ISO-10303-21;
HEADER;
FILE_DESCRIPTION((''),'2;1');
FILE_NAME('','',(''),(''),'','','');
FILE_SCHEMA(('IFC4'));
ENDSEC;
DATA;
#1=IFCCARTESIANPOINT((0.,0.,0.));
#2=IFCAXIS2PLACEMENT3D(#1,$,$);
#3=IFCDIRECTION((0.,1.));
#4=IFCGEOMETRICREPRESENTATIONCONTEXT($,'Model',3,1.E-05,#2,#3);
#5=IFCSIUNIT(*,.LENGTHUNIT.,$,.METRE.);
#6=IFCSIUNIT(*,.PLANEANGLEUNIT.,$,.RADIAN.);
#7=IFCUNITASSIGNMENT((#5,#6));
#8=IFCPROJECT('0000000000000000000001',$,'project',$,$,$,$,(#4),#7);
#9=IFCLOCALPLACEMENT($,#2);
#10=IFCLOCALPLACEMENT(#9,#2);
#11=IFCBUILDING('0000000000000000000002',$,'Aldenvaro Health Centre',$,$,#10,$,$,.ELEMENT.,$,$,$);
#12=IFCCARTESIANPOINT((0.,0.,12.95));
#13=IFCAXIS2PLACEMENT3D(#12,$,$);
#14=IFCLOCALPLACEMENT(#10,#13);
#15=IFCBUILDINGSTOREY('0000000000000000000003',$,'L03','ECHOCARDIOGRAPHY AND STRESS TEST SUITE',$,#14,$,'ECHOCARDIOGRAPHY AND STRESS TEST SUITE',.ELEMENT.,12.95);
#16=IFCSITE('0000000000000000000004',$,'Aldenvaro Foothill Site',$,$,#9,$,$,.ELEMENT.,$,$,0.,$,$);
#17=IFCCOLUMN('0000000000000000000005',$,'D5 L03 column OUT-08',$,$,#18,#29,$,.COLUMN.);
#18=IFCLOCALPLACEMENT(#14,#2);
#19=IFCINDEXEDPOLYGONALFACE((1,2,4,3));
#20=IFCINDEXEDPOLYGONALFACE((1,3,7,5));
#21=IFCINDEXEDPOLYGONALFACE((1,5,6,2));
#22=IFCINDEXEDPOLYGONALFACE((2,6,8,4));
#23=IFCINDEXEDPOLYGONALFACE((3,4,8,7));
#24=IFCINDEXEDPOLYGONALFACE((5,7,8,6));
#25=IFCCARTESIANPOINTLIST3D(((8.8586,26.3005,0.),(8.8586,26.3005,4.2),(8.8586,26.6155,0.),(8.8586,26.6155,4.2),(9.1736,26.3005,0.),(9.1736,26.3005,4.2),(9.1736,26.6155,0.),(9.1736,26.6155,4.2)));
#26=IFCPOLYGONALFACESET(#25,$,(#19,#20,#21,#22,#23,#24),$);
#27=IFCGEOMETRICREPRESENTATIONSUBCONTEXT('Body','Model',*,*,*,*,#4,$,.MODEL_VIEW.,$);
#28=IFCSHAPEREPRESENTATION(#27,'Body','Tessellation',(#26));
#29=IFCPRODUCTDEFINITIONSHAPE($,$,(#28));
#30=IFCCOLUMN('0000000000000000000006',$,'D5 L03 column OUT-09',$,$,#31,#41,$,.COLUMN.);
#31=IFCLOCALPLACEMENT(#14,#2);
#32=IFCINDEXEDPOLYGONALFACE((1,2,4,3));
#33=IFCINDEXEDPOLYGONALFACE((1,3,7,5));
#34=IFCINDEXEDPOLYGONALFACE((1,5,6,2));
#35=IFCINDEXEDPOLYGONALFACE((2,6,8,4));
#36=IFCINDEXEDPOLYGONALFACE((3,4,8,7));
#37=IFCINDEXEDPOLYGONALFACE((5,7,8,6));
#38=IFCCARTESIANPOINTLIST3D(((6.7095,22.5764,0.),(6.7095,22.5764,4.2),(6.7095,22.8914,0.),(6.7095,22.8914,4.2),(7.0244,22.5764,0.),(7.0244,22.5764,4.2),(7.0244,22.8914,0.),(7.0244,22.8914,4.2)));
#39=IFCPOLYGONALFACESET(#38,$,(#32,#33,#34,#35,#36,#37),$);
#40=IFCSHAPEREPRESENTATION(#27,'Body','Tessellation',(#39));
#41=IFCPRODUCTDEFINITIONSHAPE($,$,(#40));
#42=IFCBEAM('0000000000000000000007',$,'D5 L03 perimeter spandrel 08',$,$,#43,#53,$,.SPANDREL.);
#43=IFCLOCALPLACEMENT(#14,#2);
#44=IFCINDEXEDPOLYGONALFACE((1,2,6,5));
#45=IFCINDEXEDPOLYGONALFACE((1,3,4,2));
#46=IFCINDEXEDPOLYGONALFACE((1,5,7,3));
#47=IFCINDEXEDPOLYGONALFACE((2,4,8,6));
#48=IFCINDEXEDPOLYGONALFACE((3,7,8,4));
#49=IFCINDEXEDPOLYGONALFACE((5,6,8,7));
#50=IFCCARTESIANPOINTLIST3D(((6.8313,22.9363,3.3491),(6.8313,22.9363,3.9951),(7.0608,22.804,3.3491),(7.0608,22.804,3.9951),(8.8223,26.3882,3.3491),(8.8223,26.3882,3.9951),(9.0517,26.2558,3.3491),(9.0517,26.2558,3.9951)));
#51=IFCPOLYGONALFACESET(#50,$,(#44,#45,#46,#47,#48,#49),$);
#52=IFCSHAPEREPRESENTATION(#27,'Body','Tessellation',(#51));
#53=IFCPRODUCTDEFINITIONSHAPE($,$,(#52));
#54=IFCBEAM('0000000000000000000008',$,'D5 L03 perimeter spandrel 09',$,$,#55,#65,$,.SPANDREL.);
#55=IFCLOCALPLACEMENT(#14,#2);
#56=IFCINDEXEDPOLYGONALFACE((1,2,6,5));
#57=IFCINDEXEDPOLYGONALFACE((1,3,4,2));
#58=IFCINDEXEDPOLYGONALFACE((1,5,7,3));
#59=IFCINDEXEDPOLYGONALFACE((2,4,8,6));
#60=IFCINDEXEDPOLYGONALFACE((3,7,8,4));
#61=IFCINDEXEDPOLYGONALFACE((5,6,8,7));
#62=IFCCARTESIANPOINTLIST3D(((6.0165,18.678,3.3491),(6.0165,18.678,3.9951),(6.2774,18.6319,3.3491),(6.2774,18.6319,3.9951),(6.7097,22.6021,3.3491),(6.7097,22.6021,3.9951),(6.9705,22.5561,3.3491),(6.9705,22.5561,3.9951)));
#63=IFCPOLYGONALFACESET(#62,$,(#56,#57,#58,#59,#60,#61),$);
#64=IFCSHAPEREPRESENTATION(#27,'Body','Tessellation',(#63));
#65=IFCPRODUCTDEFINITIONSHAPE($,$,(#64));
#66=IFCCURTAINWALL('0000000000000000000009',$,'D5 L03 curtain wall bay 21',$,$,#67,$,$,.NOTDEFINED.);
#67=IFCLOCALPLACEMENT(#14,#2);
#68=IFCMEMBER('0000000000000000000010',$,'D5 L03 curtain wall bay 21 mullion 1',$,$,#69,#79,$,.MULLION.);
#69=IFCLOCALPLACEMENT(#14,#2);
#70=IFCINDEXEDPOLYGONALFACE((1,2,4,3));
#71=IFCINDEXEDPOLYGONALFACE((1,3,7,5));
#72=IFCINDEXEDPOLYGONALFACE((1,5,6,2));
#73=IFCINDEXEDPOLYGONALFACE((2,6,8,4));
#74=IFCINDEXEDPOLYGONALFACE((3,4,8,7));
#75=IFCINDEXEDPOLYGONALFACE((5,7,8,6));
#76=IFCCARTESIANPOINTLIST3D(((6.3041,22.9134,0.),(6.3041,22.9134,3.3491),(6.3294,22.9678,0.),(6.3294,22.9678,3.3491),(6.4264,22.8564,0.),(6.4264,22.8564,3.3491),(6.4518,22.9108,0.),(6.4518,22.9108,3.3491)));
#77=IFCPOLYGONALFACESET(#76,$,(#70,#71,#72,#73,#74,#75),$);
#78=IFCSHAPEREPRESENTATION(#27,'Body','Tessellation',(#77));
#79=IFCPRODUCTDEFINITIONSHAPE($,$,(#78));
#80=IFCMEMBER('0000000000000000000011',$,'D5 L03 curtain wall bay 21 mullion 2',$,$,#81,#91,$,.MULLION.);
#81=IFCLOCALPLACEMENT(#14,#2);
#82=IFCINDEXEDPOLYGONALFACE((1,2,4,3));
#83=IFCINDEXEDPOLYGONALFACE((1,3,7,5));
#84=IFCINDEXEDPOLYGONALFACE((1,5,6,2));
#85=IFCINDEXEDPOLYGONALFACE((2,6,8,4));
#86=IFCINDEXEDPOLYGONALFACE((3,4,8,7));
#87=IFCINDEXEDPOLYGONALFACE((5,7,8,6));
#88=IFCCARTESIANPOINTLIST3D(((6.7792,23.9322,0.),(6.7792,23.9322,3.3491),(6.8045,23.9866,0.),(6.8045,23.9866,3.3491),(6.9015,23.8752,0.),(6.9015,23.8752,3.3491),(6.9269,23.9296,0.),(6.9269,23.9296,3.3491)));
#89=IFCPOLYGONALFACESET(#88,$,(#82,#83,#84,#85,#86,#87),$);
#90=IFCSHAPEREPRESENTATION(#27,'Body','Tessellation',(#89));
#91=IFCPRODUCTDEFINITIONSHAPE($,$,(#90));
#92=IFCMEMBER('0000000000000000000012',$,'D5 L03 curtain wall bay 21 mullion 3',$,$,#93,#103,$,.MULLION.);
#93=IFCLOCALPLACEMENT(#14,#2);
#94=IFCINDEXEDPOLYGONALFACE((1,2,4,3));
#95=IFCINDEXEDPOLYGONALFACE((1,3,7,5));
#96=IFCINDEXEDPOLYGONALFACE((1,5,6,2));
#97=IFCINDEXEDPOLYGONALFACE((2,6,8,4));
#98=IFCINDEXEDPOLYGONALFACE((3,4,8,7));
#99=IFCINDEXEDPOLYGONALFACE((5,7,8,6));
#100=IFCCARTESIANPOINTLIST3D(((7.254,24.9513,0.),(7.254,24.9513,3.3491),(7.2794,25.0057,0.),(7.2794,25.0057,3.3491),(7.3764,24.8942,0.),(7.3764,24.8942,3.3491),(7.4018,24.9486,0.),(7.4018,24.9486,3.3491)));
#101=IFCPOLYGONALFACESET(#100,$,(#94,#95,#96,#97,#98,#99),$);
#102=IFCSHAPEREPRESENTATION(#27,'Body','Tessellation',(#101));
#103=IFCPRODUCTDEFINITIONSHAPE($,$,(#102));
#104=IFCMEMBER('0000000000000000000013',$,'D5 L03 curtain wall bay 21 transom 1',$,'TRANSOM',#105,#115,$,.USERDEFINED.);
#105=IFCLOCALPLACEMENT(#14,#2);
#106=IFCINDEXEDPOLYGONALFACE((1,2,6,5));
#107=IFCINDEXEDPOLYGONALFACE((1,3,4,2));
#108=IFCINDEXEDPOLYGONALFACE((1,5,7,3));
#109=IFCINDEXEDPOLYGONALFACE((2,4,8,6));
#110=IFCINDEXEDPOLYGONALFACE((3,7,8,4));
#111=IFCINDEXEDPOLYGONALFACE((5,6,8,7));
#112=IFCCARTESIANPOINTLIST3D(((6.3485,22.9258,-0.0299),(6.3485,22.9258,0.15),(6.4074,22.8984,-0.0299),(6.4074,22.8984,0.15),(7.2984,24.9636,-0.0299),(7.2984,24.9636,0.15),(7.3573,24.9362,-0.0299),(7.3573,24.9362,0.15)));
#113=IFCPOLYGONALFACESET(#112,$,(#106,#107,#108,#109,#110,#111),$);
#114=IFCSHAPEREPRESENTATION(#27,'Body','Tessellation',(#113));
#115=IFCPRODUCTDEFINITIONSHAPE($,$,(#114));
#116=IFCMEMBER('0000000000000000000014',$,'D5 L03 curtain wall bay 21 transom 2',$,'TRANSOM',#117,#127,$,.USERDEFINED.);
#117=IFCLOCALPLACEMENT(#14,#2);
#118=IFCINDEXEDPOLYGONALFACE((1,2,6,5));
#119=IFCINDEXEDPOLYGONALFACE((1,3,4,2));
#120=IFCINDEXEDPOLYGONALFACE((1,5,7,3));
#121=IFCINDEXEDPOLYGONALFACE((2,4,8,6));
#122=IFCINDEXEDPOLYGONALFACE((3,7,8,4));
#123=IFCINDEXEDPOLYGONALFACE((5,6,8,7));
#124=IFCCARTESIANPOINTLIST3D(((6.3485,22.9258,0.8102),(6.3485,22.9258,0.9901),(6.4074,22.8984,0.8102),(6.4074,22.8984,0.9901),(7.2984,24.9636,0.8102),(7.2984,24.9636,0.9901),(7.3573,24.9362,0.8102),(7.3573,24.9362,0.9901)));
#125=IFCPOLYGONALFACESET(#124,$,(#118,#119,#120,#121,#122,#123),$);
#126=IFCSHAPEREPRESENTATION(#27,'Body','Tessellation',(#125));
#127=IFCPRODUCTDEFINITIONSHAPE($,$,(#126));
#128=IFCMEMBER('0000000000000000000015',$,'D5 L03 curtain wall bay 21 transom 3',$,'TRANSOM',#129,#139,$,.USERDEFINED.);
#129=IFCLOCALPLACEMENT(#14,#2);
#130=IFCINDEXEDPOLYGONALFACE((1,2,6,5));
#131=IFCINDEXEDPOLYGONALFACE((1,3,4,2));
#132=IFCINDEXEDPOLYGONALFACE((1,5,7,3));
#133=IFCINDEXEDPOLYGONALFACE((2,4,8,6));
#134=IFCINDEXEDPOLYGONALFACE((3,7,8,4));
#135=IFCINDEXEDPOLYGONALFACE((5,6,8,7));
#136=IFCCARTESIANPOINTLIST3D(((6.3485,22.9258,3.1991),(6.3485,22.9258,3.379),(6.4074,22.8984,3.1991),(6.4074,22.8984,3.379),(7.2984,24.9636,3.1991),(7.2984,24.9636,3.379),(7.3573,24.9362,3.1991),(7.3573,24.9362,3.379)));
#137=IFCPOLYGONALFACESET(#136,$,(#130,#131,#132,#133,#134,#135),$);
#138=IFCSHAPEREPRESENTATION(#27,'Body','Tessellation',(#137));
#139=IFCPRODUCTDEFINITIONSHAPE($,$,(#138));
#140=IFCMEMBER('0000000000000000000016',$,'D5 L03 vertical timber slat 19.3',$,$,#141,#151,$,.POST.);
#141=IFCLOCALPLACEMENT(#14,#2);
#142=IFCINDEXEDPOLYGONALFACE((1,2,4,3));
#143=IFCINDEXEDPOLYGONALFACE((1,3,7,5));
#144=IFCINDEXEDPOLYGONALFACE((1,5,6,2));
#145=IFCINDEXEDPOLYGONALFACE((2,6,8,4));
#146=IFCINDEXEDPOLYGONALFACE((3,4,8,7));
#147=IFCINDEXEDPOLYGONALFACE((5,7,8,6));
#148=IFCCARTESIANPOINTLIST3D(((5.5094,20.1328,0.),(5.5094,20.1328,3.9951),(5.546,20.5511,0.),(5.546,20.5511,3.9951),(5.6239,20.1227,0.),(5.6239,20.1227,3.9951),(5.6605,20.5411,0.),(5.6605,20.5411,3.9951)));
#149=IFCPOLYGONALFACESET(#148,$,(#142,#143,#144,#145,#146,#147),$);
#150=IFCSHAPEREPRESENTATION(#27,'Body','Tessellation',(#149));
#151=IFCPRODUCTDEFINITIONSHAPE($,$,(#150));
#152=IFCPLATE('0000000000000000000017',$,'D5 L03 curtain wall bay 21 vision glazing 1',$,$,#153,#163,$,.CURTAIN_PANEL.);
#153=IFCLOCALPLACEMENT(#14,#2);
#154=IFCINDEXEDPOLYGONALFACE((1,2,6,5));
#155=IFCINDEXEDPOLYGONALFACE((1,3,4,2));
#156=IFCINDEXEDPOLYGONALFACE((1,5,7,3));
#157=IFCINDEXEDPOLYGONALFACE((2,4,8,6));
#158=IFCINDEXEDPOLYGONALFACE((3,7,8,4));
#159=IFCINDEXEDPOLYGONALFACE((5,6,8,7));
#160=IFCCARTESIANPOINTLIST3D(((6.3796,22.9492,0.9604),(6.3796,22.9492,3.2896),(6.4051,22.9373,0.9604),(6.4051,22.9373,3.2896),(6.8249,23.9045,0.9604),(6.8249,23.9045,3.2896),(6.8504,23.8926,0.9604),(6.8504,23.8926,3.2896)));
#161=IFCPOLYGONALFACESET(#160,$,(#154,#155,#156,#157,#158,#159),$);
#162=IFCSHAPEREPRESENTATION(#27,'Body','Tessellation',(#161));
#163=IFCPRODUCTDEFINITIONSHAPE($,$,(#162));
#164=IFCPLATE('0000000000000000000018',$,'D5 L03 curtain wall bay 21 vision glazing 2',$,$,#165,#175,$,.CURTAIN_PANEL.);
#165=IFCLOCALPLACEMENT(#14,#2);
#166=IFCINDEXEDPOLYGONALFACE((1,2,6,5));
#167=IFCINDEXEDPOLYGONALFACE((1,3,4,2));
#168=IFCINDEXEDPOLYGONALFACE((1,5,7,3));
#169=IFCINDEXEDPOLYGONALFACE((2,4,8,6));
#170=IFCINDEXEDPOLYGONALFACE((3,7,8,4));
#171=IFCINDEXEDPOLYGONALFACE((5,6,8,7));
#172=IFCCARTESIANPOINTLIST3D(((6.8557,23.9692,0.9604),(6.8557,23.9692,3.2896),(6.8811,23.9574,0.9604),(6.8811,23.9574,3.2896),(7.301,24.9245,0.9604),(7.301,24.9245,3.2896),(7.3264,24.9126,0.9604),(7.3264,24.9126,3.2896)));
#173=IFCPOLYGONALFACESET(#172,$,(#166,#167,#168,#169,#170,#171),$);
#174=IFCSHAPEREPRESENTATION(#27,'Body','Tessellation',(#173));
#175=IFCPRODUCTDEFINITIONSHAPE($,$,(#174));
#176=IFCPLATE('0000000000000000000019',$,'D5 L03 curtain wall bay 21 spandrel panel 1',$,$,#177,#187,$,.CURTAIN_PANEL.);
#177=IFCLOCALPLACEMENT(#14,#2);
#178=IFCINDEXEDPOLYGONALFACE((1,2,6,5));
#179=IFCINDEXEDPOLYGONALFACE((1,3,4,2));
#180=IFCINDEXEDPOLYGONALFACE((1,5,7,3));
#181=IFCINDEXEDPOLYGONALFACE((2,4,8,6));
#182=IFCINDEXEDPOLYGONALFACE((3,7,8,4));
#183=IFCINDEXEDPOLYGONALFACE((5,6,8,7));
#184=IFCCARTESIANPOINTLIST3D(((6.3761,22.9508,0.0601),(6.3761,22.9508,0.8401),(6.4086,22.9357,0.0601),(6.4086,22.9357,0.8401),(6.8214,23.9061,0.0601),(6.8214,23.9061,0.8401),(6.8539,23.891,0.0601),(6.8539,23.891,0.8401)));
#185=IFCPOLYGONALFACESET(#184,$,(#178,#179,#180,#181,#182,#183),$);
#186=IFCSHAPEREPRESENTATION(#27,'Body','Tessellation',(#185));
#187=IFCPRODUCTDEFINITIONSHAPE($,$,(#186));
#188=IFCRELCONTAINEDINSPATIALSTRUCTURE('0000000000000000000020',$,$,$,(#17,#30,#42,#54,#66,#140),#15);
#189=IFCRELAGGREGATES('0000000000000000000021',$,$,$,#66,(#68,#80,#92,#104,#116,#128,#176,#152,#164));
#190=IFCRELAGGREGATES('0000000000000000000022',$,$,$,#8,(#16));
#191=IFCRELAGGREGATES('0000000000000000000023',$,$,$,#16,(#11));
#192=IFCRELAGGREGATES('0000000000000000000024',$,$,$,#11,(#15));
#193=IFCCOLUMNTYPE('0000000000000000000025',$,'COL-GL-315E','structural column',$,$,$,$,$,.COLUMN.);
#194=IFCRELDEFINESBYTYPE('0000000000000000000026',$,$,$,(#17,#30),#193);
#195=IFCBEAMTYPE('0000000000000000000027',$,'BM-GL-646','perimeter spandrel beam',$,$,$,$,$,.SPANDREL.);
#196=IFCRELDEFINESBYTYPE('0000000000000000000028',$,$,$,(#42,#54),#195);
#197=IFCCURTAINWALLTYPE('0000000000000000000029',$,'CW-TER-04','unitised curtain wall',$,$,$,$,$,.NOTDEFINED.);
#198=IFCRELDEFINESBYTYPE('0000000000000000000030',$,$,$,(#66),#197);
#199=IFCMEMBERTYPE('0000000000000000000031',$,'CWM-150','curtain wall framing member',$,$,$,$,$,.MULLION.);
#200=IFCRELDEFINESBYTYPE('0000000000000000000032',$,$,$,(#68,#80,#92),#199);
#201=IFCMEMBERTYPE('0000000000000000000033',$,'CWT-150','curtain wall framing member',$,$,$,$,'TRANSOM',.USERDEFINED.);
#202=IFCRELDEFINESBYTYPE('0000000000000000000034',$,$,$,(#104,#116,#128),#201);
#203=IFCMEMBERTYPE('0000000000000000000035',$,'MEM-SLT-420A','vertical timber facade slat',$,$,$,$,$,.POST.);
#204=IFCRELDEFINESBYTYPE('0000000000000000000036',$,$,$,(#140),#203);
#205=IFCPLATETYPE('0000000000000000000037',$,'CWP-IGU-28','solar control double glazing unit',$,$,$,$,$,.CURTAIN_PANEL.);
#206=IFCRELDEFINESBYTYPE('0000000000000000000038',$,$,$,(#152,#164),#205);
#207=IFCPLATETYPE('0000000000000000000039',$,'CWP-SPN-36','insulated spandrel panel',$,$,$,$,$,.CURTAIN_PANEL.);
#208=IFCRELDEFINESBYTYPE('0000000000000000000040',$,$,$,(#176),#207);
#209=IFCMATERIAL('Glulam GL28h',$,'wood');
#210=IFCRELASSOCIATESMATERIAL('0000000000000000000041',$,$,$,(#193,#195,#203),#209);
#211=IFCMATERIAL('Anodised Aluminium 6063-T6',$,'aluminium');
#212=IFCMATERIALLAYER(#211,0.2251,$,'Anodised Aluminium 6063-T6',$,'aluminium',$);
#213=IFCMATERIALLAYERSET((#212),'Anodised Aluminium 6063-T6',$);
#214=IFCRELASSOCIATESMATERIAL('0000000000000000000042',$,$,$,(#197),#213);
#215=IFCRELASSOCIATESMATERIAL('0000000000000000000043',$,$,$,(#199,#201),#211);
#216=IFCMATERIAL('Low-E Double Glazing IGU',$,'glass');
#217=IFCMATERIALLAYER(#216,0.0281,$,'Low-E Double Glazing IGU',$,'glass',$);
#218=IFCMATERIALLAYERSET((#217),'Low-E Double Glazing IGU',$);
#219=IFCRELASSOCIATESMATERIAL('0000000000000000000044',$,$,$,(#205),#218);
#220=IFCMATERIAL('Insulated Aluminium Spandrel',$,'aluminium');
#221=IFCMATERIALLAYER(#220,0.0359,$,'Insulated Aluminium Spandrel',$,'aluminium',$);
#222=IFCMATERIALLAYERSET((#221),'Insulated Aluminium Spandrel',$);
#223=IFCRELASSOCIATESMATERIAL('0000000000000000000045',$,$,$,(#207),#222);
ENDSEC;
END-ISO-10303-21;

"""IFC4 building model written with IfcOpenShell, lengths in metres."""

from ifc_helpers import new_model, si_unit, direction, frame, origin, origin_2d, place, context, subcontext, project, spatial, rectangle, extrude, material, layer, layer_set, material_profile, profile_set, type_object, element, aggregate, save


model = new_model("IFC4")

# Units and contexts
model_context = context("Model", 3, precision=1e-05, world=origin(), true_north=direction((0.0, 1.0)))
body_context = subcontext(model_context, "Body", "Model", "MODEL_VIEW")
ifc_project = project(units=[si_unit("LENGTHUNIT", "METRE"), si_unit("PLANEANGLEUNIT", "RADIAN")], contexts=[model_context])

# Site, building, storey
site_placement = place(None, origin())
site = spatial("IfcSite", under=ifc_project, at=site_placement, Name="Aldenvaro Foothill Site", CompositionType="ELEMENT", RefElevation=0.0)
building_placement = place(site_placement, origin())
building = spatial("IfcBuilding", under=site, at=building_placement, Name="Aldenvaro Health Centre", CompositionType="ELEMENT")
storey_placement = place(building_placement, frame((0.0, 0.0, 12.95)))
storey = spatial("IfcBuildingStorey", under=building, at=storey_placement, Name="L03", Description="ECHOCARDIOGRAPHY AND STRESS TEST SUITE", LongName="ECHOCARDIOGRAPHY AND STRESS TEST SUITE", CompositionType="ELEMENT", Elevation=12.95)

# Columns
ifc_material_1 = material(Name="Glulam GL28h", Category="wood")
ifc_material_profile_1 = material_profile(ifc_material_1, rectangle(XDim=0.3149, YDim=0.3149, at=origin_2d()), Name="GL 315x315", Category="wood")
ifc_profile_set_1 = profile_set([ifc_material_profile_1], Name="Glulam GL28h")
column_type = type_object("IfcColumnType", Name="COL-GL-315E", Description="structural column", PredefinedType="COLUMN", material=ifc_profile_set_1)
for number, where, z_axis, x_axis, name in (
    (1, (9.0161, 26.458, 0.0), (0.0, 0.0, 1.0), (1.0, 0.0, 0.0), "D5 L03 column OUT-08"),
    (2, (6.8669, 22.7339, 0.0), (0.0, 0.0, 1.0), (1.0, 0.0, 0.0), "D5 L03 column OUT-09"),
):
    element("IfcColumn", number, at=place(storey_placement, frame(where, z_axis=z_axis, x_axis=x_axis)), inside=storey, type_object=column_type, Name=name, PredefinedType="COLUMN", context=body_context, shape_type="SweptSolid", body=[
        extrude(rectangle(XDim=0.3149, YDim=0.3149, at=origin_2d()), origin(), (0.0, 0.0, 1.0), 4.2),
    ])

# Beams
ifc_material_profile_2 = material_profile(ifc_material_1, rectangle(XDim=0.2649, YDim=0.646, at=origin_2d()), Name="GL 265x646", Category="wood")
ifc_profile_set_2 = profile_set([ifc_material_profile_2], Name="Glulam GL28h")
beam_type = type_object("IfcBeamType", Name="BM-GL-646", Description="perimeter spandrel beam", PredefinedType="SPANDREL", material=ifc_profile_set_2)
for number, where, z_axis, x_axis, name in (
    (3, (8.937, 26.322, 3.6721), (-0.499625, -0.866242, 0.0), (0.866242, -0.499625, 0.0), "D5 L03 perimeter spandrel 08"),
    (4, (6.8401, 22.5791, 3.6721), (-0.173939, -0.984756, 0.0), (0.984756, -0.173939, 0.0), "D5 L03 perimeter spandrel 09"),
):
    element("IfcBeam", number, at=place(storey_placement, frame(where, z_axis=z_axis, x_axis=x_axis)), inside=storey, type_object=beam_type, Name=name, PredefinedType="SPANDREL", context=body_context, shape_type="SweptSolid", body=[
        extrude(rectangle(XDim=0.2649, YDim=0.646, at=origin_2d()), origin(), (0.0, 0.0, 1.0), 3.9849),
    ])

# Curtain wall, members
ifc_material_2 = material(Name="Anodised Aluminium 6063-T6", Category="aluminium")
ifc_layer_1 = layer(ifc_material_2, 0.2251, Name="Anodised Aluminium 6063-T6", Category="aluminium")
ifc_layer_set_1 = layer_set([ifc_layer_1], Name="Anodised Aluminium 6063-T6")
curtain_wall_type = type_object("IfcCurtainWallType", Name="CW-TER-04", Description="unitised curtain wall", PredefinedType="NOTDEFINED", material=ifc_layer_set_1)
curtain_wall_placement = place(storey_placement, origin())
curtain_wall = element("IfcCurtainWall", 5, at=curtain_wall_placement, inside=storey, type_object=curtain_wall_type, Name="D5 L03 curtain wall bay 21", PredefinedType="NOTDEFINED")
ifc_material_profile_3 = material_profile(ifc_material_2, rectangle(XDim=0.0601, YDim=0.135, at=origin_2d()), Name="ALU 60x135", Category="aluminium")
ifc_profile_set_3 = profile_set([ifc_material_profile_3], Name="Anodised Aluminium 6063-T6")
member_type_1 = type_object("IfcMemberType", Name="CWM-150", Description="curtain wall framing member", PredefinedType="MULLION", material=ifc_profile_set_3)
member_1_placement = place(storey_placement, frame((6.3779, 22.9121, 0.0), z_axis=(0.0, 0.0, 1.0), x_axis=(0.422496, 0.906365, 0.0)))
member_1 = element("IfcMember", 6, at=member_1_placement, type_object=member_type_1, Name="D5 L03 curtain wall bay 21 mullion 1", PredefinedType="MULLION", context=body_context, shape_type="SweptSolid", body=[
    extrude(rectangle(XDim=0.0601, YDim=0.135, at=origin_2d()), origin(), (0.0, 0.0, 1.0), 3.3491),
])
member_2_placement = place(storey_placement, frame((6.853, 23.9309, 0.0), z_axis=(0.0, 0.0, 1.0), x_axis=(0.422496, 0.906365, 0.0)))
member_2 = element("IfcMember", 7, at=member_2_placement, type_object=member_type_1, Name="D5 L03 curtain wall bay 21 mullion 2", PredefinedType="MULLION", context=body_context, shape_type="SweptSolid", body=[
    extrude(rectangle(XDim=0.0601, YDim=0.135, at=origin_2d()), origin(), (0.0, 0.0, 1.0), 3.3491),
])
member_3_placement = place(storey_placement, frame((7.3279, 24.95, 0.0), z_axis=(0.0, 0.0, 1.0), x_axis=(0.422496, 0.906365, 0.0)))
member_3 = element("IfcMember", 8, at=member_3_placement, type_object=member_type_1, Name="D5 L03 curtain wall bay 21 mullion 3", PredefinedType="MULLION", context=body_context, shape_type="SweptSolid", body=[
    extrude(rectangle(XDim=0.0601, YDim=0.135, at=origin_2d()), origin(), (0.0, 0.0, 1.0), 3.3491),
])
ifc_material_profile_4 = material_profile(ifc_material_2, rectangle(XDim=0.0649, YDim=0.1799, at=origin_2d()), Name="ALU 65x180", Category="aluminium")
ifc_profile_set_4 = profile_set([ifc_material_profile_4], Name="Anodised Aluminium 6063-T6")
member_type_2 = type_object("IfcMemberType", Name="CWT-150", Description="curtain wall framing member", ElementType="TRANSOM", PredefinedType="USERDEFINED", material=ifc_profile_set_4)
member_4_placement = place(storey_placement, frame((6.3779, 22.9121, 0.0601), z_axis=(0.422505, 0.906361, 0.0), x_axis=(-0.906361, 0.422505, 0.0)))
member_4 = element("IfcMember", 9, at=member_4_placement, type_object=member_type_2, Name="D5 L03 curtain wall bay 21 transom 1", ObjectType="TRANSOM", PredefinedType="USERDEFINED", context=body_context, shape_type="SweptSolid", body=[
    extrude(rectangle(XDim=0.0649, YDim=0.1799, at=origin_2d()), origin(), (0.0, 0.0, 1.0), 2.2483),
])
member_5_placement = place(storey_placement, frame((6.3779, 22.9121, 0.9001), z_axis=(0.422505, 0.906361, 0.0), x_axis=(-0.906361, 0.422505, 0.0)))
member_5 = element("IfcMember", 10, at=member_5_placement, type_object=member_type_2, Name="D5 L03 curtain wall bay 21 transom 2", ObjectType="TRANSOM", PredefinedType="USERDEFINED", context=body_context, shape_type="SweptSolid", body=[
    extrude(rectangle(XDim=0.0649, YDim=0.1799, at=origin_2d()), origin(), (0.0, 0.0, 1.0), 2.2483),
])
member_6_placement = place(storey_placement, frame((6.3779, 22.9121, 3.2891), z_axis=(0.422505, 0.906361, 0.0), x_axis=(-0.906361, 0.422505, 0.0)))
member_6 = element("IfcMember", 11, at=member_6_placement, type_object=member_type_2, Name="D5 L03 curtain wall bay 21 transom 3", ObjectType="TRANSOM", PredefinedType="USERDEFINED", context=body_context, shape_type="SweptSolid", body=[
    extrude(rectangle(XDim=0.0649, YDim=0.1799, at=origin_2d()), origin(), (0.0, 0.0, 1.0), 2.2483),
])

# Member
ifc_material_profile_5 = material_profile(ifc_material_1, rectangle(XDim=0.115, YDim=0.4199, at=origin_2d()), Name="GL 115x420", Category="wood")
ifc_profile_set_5 = profile_set([ifc_material_profile_5], Name="Glulam GL28h")
member_type_3 = type_object("IfcMemberType", Name="MEM-SLT-420A", Description="vertical timber facade slat", PredefinedType="POST", material=ifc_profile_set_5)
member_7_placement = place(storey_placement, frame((5.585, 20.3369, 0.0), z_axis=(0.0, 0.0, 1.0), x_axis=(-0.996194, 0.087167, 0.0)))
element("IfcMember", 12, at=member_7_placement, inside=storey, type_object=member_type_3, Name="D5 L03 vertical timber slat 19.3", PredefinedType="POST", context=body_context, shape_type="SweptSolid", body=[
    extrude(rectangle(XDim=0.115, YDim=0.4199, at=origin_2d()), origin(), (0.0, 0.0, 1.0), 3.9951),
])

# Plates
ifc_material_3 = material(Name="Low-E Double Glazing IGU", Category="glass")
ifc_layer_2 = layer(ifc_material_3, 0.0281, Name="Low-E Double Glazing IGU", Category="glass")
ifc_layer_set_2 = layer_set([ifc_layer_2], Name="Low-E Double Glazing IGU")
plate_type_1 = type_object("IfcPlateType", Name="CWP-IGU-28", Description="solar control double glazing unit", PredefinedType="CURTAIN_PANEL", material=ifc_layer_set_2)
plate_1_placement = place(storey_placement, frame((6.615, 23.4209, 0.9604), z_axis=(0.0, 0.0, 1.0), x_axis=(0.422496, 0.906365, 0.0)))
plate_1 = element("IfcPlate", 13, at=plate_1_placement, type_object=plate_type_1, Name="D5 L03 curtain wall bay 21 vision glazing 1", PredefinedType="CURTAIN_PANEL", context=body_context, shape_type="SweptSolid", body=[
    extrude(rectangle(XDim=1.054, YDim=0.0281, at=origin_2d()), origin(), (0.0, 0.0, 1.0), 2.3291),
])
plate_2_placement = place(storey_placement, frame((7.0911, 24.4409, 0.9604), z_axis=(0.0, 0.0, 1.0), x_axis=(0.422496, 0.906365, 0.0)))
plate_2 = element("IfcPlate", 14, at=plate_2_placement, type_object=plate_type_1, Name="D5 L03 curtain wall bay 21 vision glazing 2", PredefinedType="CURTAIN_PANEL", context=body_context, shape_type="SweptSolid", body=[
    extrude(rectangle(XDim=1.054, YDim=0.0281, at=origin_2d()), origin(), (0.0, 0.0, 1.0), 2.3291),
])
ifc_material_4 = material(Name="Insulated Aluminium Spandrel", Category="aluminium")
ifc_layer_3 = layer(ifc_material_4, 0.0359, Name="Insulated Aluminium Spandrel", Category="aluminium")
ifc_layer_set_3 = layer_set([ifc_layer_3], Name="Insulated Aluminium Spandrel")
plate_type_2 = type_object("IfcPlateType", Name="CWP-SPN-36", Description="insulated spandrel panel", PredefinedType="CURTAIN_PANEL", material=ifc_layer_set_3)
plate_3_placement = place(storey_placement, frame((6.615, 23.4209, 0.0601), z_axis=(0.0, 0.0, 1.0), x_axis=(0.422496, 0.906365, 0.0)))
plate_3 = element("IfcPlate", 15, at=plate_3_placement, type_object=plate_type_2, Name="D5 L03 curtain wall bay 21 spandrel panel 1", PredefinedType="CURTAIN_PANEL", context=body_context, shape_type="SweptSolid", body=[
    extrude(rectangle(XDim=1.054, YDim=0.0359, at=origin_2d()), origin(), (0.0, 0.0, 1.0), 0.78),
])
aggregate(curtain_wall, [member_1, member_2, member_3, member_4, member_5, member_6, plate_3, plate_1, plate_2])

save(model, "model.ifc")
